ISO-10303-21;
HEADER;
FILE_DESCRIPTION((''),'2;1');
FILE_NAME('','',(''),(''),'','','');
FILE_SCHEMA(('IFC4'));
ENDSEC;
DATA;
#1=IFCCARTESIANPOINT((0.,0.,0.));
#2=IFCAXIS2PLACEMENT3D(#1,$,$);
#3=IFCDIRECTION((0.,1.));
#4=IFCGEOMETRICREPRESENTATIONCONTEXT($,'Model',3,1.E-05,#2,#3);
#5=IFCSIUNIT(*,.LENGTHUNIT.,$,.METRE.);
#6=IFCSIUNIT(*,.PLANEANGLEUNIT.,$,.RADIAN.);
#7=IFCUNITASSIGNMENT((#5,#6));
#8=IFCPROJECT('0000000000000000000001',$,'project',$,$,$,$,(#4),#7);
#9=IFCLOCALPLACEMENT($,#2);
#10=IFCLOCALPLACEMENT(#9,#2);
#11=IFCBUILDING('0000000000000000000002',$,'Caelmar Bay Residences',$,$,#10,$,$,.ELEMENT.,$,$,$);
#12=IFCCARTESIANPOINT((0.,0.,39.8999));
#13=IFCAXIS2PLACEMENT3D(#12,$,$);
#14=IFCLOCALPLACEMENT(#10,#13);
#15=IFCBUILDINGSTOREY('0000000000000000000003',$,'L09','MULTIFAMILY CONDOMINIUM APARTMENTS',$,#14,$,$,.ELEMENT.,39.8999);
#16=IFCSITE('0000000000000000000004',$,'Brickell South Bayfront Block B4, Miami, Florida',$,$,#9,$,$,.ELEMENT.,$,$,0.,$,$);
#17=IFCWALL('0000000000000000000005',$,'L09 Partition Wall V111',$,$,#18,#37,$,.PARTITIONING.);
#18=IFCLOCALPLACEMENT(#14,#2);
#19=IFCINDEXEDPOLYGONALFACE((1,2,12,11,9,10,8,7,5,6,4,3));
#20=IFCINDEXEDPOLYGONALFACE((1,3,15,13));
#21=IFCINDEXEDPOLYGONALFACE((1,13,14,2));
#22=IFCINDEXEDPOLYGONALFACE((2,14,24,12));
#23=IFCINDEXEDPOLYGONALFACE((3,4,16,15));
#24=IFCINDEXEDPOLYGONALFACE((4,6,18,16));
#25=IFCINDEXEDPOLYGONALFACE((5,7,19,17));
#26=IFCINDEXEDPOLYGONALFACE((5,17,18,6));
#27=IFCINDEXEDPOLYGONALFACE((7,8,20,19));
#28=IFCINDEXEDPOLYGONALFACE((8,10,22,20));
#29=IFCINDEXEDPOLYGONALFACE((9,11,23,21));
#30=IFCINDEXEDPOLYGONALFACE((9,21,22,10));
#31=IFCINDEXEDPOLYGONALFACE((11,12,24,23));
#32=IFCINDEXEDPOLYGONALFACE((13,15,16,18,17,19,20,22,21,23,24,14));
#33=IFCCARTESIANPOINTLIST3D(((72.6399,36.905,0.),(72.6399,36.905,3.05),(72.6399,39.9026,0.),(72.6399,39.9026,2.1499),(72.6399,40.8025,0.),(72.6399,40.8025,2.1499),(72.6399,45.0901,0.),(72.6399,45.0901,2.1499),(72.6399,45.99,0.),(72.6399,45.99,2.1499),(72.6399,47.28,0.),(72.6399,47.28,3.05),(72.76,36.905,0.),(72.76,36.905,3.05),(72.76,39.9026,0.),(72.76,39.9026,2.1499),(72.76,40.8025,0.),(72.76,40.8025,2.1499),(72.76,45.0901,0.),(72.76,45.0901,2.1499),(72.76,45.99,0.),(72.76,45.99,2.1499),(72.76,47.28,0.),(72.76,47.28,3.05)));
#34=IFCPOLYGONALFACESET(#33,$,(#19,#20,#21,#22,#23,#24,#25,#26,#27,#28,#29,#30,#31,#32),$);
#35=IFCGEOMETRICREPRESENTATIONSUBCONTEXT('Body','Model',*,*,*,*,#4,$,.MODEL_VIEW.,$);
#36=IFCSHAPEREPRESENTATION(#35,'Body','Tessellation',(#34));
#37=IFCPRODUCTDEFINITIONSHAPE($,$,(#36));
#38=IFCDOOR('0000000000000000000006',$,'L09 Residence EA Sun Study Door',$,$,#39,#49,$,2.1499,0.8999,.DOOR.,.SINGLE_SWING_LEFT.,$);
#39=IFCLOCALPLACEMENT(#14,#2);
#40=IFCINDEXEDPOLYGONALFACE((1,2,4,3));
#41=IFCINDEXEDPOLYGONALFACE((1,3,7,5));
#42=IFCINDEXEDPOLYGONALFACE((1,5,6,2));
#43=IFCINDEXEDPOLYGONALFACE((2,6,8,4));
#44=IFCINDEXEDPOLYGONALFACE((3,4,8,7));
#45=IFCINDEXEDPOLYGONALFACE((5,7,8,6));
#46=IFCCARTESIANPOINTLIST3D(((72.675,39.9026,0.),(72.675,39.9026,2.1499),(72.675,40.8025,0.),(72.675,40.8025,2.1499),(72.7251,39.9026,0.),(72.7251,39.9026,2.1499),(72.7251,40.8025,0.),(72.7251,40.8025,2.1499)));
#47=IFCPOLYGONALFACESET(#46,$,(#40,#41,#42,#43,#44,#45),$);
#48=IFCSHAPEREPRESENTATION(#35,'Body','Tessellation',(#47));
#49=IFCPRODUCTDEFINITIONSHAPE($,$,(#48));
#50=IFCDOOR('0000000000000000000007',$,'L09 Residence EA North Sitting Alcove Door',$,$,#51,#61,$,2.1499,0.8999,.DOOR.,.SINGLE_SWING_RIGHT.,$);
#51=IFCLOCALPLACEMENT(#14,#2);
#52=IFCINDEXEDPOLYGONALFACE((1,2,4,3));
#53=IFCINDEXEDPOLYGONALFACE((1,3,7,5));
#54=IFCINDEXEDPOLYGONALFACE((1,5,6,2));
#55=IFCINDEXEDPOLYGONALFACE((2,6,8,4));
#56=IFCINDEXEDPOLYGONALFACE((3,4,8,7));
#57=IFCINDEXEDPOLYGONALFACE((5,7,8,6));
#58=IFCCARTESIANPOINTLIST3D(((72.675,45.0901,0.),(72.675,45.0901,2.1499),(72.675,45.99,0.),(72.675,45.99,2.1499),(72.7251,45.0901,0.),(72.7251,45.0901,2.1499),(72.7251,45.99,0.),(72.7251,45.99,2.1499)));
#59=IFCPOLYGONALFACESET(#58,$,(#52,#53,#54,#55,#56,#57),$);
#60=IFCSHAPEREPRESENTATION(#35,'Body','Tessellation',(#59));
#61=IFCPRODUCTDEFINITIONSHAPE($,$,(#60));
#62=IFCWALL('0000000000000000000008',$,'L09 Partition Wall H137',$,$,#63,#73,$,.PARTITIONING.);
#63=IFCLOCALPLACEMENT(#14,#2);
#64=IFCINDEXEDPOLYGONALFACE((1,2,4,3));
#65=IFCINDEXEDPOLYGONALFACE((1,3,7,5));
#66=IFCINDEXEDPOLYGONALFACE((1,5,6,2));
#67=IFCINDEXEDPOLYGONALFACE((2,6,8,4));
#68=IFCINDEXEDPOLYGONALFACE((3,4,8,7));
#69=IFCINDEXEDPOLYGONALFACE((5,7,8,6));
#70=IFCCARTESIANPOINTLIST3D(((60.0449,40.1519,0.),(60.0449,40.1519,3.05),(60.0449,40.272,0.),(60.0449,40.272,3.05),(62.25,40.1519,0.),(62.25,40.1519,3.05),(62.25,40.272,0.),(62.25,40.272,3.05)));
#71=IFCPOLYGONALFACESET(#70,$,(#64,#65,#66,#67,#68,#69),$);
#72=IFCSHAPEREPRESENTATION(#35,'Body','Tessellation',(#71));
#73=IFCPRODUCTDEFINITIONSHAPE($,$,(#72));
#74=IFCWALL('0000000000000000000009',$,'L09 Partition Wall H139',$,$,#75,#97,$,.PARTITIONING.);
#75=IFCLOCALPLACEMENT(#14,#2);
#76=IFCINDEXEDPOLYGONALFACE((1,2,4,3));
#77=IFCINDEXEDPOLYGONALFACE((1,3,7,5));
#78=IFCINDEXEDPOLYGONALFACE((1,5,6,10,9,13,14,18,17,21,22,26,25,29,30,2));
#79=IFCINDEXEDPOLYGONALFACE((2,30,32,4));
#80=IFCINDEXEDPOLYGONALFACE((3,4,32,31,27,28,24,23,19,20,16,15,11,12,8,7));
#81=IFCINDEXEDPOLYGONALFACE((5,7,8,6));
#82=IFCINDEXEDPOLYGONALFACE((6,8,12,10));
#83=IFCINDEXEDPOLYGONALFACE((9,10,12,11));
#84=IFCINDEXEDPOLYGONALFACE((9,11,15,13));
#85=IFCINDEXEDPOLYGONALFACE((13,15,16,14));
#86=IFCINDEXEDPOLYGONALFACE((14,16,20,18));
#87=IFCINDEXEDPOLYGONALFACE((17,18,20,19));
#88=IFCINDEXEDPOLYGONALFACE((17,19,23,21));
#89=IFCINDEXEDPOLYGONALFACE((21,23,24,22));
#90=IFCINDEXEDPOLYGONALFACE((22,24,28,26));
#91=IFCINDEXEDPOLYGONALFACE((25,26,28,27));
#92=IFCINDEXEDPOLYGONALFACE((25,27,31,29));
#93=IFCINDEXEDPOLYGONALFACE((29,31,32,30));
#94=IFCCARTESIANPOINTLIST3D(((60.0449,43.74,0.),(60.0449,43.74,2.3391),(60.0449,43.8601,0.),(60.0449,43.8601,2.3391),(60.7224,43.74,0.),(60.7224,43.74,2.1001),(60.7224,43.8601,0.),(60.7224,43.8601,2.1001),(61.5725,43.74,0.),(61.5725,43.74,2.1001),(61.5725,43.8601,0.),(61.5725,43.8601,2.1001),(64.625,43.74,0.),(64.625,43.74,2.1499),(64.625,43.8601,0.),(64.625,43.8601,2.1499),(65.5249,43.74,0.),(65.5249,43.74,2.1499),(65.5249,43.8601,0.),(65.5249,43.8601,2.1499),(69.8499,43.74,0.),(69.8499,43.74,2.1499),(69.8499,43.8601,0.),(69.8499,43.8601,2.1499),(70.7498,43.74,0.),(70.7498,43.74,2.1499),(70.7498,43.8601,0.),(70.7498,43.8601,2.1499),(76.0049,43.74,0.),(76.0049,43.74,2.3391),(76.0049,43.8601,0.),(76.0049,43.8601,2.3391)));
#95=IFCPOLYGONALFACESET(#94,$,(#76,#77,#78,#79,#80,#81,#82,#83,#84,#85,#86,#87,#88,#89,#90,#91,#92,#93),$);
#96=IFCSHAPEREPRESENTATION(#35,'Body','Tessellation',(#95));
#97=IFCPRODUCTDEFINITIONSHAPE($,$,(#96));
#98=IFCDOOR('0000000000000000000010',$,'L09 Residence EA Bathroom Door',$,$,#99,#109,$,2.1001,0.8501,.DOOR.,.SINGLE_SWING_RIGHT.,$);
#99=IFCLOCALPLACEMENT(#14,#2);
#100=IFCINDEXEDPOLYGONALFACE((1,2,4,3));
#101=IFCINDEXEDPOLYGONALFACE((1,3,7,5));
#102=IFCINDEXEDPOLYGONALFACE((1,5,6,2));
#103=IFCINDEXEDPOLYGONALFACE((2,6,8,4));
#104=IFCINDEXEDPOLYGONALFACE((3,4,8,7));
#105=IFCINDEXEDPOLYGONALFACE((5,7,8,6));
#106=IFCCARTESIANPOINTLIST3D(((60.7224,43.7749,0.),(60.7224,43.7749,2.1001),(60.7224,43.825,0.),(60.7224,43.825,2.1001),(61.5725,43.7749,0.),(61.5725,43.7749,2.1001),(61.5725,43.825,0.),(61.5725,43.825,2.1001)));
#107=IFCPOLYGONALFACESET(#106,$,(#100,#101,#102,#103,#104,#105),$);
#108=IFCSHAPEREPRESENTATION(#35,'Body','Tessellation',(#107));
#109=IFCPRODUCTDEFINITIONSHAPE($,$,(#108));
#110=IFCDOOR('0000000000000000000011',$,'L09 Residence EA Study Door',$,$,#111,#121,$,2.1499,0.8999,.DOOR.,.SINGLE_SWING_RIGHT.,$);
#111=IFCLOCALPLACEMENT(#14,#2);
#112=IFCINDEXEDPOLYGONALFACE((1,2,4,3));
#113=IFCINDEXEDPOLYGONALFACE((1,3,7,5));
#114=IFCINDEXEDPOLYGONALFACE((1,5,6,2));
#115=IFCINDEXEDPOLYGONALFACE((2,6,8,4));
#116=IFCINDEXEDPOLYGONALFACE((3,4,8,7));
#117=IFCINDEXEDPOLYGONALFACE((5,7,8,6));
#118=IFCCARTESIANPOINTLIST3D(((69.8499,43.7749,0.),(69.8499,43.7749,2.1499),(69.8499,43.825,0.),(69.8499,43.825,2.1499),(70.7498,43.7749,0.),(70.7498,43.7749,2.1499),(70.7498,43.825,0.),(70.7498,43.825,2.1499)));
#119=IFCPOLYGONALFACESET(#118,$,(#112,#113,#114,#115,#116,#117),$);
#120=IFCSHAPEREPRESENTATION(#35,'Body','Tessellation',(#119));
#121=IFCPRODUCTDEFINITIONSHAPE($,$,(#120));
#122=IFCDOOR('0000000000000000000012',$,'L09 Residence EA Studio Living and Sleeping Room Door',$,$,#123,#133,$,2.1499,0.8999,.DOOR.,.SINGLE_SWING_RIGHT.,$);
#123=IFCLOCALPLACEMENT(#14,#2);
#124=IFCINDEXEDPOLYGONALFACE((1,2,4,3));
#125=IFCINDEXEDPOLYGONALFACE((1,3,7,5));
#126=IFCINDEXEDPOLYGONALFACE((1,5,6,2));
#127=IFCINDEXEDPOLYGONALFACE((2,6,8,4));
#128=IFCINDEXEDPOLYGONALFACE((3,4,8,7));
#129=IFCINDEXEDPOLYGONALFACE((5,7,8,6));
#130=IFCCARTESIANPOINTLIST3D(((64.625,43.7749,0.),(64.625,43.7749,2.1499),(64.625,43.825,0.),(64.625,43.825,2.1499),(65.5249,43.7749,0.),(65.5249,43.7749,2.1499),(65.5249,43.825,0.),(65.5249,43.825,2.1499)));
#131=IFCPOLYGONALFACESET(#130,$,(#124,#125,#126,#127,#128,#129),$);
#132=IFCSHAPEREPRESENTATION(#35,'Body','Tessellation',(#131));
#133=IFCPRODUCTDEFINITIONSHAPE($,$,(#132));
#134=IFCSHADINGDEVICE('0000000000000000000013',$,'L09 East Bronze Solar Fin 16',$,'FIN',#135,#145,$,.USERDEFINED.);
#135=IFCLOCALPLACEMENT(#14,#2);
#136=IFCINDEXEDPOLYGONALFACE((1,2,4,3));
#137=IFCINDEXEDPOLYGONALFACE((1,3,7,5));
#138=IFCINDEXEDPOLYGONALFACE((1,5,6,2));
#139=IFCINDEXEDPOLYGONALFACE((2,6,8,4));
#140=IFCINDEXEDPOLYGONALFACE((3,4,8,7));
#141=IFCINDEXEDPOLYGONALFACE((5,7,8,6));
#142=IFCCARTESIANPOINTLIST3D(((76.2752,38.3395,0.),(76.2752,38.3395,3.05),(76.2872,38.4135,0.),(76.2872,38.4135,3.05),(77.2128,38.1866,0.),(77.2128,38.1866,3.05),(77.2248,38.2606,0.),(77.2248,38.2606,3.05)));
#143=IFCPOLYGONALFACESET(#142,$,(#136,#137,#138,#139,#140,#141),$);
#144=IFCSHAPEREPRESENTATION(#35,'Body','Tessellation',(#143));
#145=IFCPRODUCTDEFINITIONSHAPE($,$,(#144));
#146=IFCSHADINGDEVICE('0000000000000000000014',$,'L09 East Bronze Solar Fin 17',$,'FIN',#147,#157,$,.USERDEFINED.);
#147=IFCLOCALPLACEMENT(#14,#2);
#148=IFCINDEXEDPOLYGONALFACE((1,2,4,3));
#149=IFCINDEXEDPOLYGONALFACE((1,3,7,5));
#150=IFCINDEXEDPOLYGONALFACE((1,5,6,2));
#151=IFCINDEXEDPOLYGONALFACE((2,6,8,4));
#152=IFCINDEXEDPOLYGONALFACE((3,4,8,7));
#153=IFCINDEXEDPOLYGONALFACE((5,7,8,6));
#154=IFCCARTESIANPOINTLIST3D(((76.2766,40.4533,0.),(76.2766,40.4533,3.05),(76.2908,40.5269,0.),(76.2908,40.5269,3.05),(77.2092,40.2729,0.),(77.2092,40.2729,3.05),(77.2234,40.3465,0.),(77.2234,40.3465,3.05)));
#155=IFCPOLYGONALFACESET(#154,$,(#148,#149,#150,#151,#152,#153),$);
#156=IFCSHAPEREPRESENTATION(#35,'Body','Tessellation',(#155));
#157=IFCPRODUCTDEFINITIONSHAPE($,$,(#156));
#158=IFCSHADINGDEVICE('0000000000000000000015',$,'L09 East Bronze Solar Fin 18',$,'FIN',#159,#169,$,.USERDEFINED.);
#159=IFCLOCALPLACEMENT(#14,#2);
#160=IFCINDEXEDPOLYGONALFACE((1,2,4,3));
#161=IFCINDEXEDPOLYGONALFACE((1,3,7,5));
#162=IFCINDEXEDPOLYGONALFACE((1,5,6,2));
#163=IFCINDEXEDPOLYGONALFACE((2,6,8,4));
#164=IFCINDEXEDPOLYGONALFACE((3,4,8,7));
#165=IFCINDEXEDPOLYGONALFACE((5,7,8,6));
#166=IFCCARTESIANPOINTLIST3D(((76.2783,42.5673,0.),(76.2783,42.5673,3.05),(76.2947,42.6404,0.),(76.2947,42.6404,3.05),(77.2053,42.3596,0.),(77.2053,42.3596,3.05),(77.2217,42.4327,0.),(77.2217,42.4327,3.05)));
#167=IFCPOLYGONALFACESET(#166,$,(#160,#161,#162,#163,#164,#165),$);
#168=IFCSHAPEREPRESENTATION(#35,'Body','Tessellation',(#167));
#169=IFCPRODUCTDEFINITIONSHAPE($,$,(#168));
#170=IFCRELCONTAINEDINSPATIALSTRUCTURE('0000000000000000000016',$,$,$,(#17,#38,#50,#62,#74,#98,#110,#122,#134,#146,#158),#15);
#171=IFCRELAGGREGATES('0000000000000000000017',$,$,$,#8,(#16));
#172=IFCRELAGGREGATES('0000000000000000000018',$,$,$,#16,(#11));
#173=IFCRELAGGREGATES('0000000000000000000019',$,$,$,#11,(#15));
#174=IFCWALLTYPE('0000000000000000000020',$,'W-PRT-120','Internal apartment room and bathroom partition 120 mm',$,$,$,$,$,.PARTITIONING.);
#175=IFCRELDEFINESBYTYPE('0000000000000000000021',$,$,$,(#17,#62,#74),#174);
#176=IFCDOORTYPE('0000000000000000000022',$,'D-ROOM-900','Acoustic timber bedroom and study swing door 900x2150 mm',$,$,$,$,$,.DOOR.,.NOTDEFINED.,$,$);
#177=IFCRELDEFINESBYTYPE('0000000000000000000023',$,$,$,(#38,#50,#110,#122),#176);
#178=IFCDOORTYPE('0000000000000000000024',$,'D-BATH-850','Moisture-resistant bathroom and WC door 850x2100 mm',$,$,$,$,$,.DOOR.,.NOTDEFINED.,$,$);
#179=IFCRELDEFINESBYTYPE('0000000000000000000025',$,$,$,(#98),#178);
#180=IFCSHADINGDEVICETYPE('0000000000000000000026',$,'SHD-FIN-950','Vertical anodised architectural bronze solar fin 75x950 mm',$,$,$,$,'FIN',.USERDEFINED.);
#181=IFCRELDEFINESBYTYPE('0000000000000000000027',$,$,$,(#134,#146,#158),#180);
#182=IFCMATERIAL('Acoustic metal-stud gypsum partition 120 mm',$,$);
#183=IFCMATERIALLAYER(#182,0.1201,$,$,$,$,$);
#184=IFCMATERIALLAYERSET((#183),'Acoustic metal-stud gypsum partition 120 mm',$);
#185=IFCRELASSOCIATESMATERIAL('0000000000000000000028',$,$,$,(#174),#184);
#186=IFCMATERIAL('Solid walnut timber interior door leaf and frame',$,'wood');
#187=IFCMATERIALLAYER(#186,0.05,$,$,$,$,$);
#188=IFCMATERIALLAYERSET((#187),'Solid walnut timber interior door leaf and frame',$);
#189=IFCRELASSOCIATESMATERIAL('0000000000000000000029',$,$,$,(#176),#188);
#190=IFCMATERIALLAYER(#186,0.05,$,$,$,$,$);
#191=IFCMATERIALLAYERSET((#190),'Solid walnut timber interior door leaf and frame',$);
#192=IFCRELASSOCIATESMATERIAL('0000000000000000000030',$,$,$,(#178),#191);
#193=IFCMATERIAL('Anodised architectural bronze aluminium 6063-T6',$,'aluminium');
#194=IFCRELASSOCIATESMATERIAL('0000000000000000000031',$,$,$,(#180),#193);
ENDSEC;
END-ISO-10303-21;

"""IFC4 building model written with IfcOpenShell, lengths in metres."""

from ifc_helpers import new_model, si_unit, direction, frame, frame_2d, origin, origin_2d, place, context, subcontext, project, spatial, rectangle, extrude, material, layer, layer_set, material_profile, profile_set, type_object, element, fill, save


model = new_model("IFC4")

# Units and contexts
model_context = context("Model", 3, precision=1e-05, world=origin(), true_north=direction((0.0, 1.0)))
body_context = subcontext(model_context, "Body", "Model", "MODEL_VIEW")
ifc_project = project(units=[si_unit("LENGTHUNIT", "METRE"), si_unit("PLANEANGLEUNIT", "RADIAN")], contexts=[model_context])

# Site, building, storey
site_placement = place(None, origin())
site = spatial("IfcSite", under=ifc_project, at=site_placement, Name="Brickell South Bayfront Block B4, Miami, Florida", CompositionType="ELEMENT", RefElevation=0.0)
building_placement = place(site_placement, origin())
building = spatial("IfcBuilding", under=site, at=building_placement, Name="Caelmar Bay Residences", CompositionType="ELEMENT")
storey_placement = place(building_placement, frame((0.0, 0.0, 39.8999)))
storey = spatial("IfcBuildingStorey", under=building, at=storey_placement, Name="L09", Description="MULTIFAMILY CONDOMINIUM APARTMENTS", CompositionType="ELEMENT", Elevation=39.8999)

# Wall, openings, doors
ifc_material_1 = material(Name="Acoustic metal-stud gypsum partition 120 mm")
ifc_layer_1 = layer(ifc_material_1, 0.1201)
ifc_layer_set_1 = layer_set([ifc_layer_1], Name="Acoustic metal-stud gypsum partition 120 mm")
wall_type_1 = type_object("IfcWallType", Name="W-PRT-120", Description="Internal apartment room and bathroom partition 120 mm", PredefinedType="PARTITIONING", material=ifc_layer_set_1)
wall_1_placement = place(storey_placement, frame((72.7, 36.905, 0.0), z_axis=(0.0, 0.0, 1.0), x_axis=(0.0, 1.0, 0.0)))
wall_1 = element("IfcWall", 1, at=wall_1_placement, inside=storey, type_object=wall_type_1, Name="L09 Partition Wall V111", PredefinedType="PARTITIONING", context=body_context, shape_type="SweptSolid", body=[
    extrude(rectangle(XDim=10.375, YDim=0.1201, at=frame_2d((5.1875, 0.0))), origin(), (0.0, 0.0, 1.0), 3.05),
])
opening_1_placement = place(wall_1_placement, frame((2.9976, 0.0, 0.0)))
opening_1 = element("IfcOpeningElement", 2, at=opening_1_placement, cuts=wall_1, PredefinedType="OPENING", context=body_context, shape_type="SweptSolid", body=[
    extrude(rectangle(XDim=0.8999, YDim=2.1499, at=frame_2d((0.45, 1.075))), frame((0.0, 0.0701, 0.0), z_axis=(0.0, -1.0, 0.0), x_axis=(1.0, 0.0, 0.0)), (0.0, 0.0, 1.0), 0.1401),
])
opening_2_placement = place(wall_1_placement, frame((8.1851, 0.0, 0.0)))
opening_2 = element("IfcOpeningElement", 3, at=opening_2_placement, cuts=wall_1, PredefinedType="OPENING", context=body_context, shape_type="SweptSolid", body=[
    extrude(rectangle(XDim=0.8999, YDim=2.1499, at=frame_2d((0.45, 1.075))), frame((0.0, 0.0701, 0.0), z_axis=(0.0, -1.0, 0.0), x_axis=(1.0, 0.0, 0.0)), (0.0, 0.0, 1.0), 0.1401),
])
ifc_material_2 = material(Name="Solid walnut timber interior door leaf and frame", Category="wood")
ifc_layer_2 = layer(ifc_material_2, 0.05)
ifc_layer_set_2 = layer_set([ifc_layer_2], Name="Solid walnut timber interior door leaf and frame")
door_type_1 = type_object("IfcDoorType", Name="D-ROOM-900", Description="Acoustic timber bedroom and study swing door 900x2150 mm", OperationType="NOTDEFINED", PredefinedType="DOOR", material=ifc_layer_set_2)
door_1_placement = place(opening_1_placement, origin())
door_1 = element("IfcDoor", 4, at=door_1_placement, inside=storey, type_object=door_type_1, Name="L09 Residence EA Sun Study Door", OperationType="SINGLE_SWING_LEFT", OverallHeight=2.1499, OverallWidth=0.8999, PredefinedType="DOOR", context=body_context, shape_type="SweptSolid", body=[
    extrude(rectangle(XDim=0.8999, YDim=2.1499, at=frame_2d((0.45, 1.075))), frame((0.0, 0.0249, 0.0), z_axis=(0.0, -1.0, 0.0), x_axis=(1.0, 0.0, 0.0)), (0.0, 0.0, 1.0), 0.05),
])
fill(opening_1, door_1)
door_2_placement = place(opening_2_placement, origin())
door_2 = element("IfcDoor", 5, at=door_2_placement, inside=storey, type_object=door_type_1, Name="L09 Residence EA North Sitting Alcove Door", OperationType="SINGLE_SWING_RIGHT", OverallHeight=2.1499, OverallWidth=0.8999, PredefinedType="DOOR", context=body_context, shape_type="SweptSolid", body=[
    extrude(rectangle(XDim=0.8999, YDim=2.1499, at=frame_2d((0.45, 1.075))), frame((0.0, 0.0249, 0.0), z_axis=(0.0, -1.0, 0.0), x_axis=(1.0, 0.0, 0.0)), (0.0, 0.0, 1.0), 0.05),
])
fill(opening_2, door_2)

# Wall
wall_2_placement = place(storey_placement, frame((60.0449, 40.2119, 0.0), z_axis=(0.0, 0.0, 1.0), x_axis=(1.0, 0.0, 0.0)))
element("IfcWall", 6, at=wall_2_placement, inside=storey, type_object=wall_type_1, Name="L09 Partition Wall H137", PredefinedType="PARTITIONING", context=body_context, shape_type="SweptSolid", body=[
    extrude(rectangle(XDim=2.2051, YDim=0.1201, at=frame_2d((1.1025, 0.0))), origin(), (0.0, 0.0, 1.0), 3.05),
])

# Wall, openings, doors
wall_3_placement = place(storey_placement, frame((60.0449, 43.8, 0.0), z_axis=(0.0, 0.0, 1.0), x_axis=(1.0, 0.0, 0.0)))
wall_3 = element("IfcWall", 7, at=wall_3_placement, inside=storey, type_object=wall_type_1, Name="L09 Partition Wall H139", PredefinedType="PARTITIONING", context=body_context, shape_type="SweptSolid", body=[
    extrude(rectangle(XDim=15.96, YDim=0.1201, at=frame_2d((7.98, 0.0))), origin(), (0.0, 0.0, 1.0), 2.3391),
])
opening_3_placement = place(wall_3_placement, frame((9.8049, 0.0, 0.0)))
opening_3 = element("IfcOpeningElement", 8, at=opening_3_placement, cuts=wall_3, PredefinedType="OPENING", context=body_context, shape_type="SweptSolid", body=[
    extrude(rectangle(XDim=0.8999, YDim=2.1499, at=frame_2d((0.45, 1.075))), frame((0.0, 0.0701, 0.0), z_axis=(0.0, -1.0, 0.0), x_axis=(1.0, 0.0, 0.0)), (0.0, 0.0, 1.0), 0.1401),
])
opening_4_placement = place(wall_3_placement, frame((4.5801, 0.0, 0.0)))
opening_4 = element("IfcOpeningElement", 9, at=opening_4_placement, cuts=wall_3, PredefinedType="OPENING", context=body_context, shape_type="SweptSolid", body=[
    extrude(rectangle(XDim=0.8999, YDim=2.1499, at=frame_2d((0.45, 1.075))), frame((0.0, 0.0701, 0.0), z_axis=(0.0, -1.0, 0.0), x_axis=(1.0, 0.0, 0.0)), (0.0, 0.0, 1.0), 0.1401),
])
opening_5_placement = place(wall_3_placement, frame((0.6775, 0.0, 0.0)))
opening_5 = element("IfcOpeningElement", 10, at=opening_5_placement, cuts=wall_3, PredefinedType="OPENING", context=body_context, shape_type="SweptSolid", body=[
    extrude(rectangle(XDim=0.8501, YDim=2.1001, at=frame_2d((0.425, 1.05))), frame((0.0, 0.0701, 0.0), z_axis=(0.0, -1.0, 0.0), x_axis=(1.0, 0.0, 0.0)), (0.0, 0.0, 1.0), 0.1401),
])
ifc_layer_3 = layer(ifc_material_2, 0.05)
ifc_layer_set_3 = layer_set([ifc_layer_3], Name="Solid walnut timber interior door leaf and frame")
door_type_2 = type_object("IfcDoorType", Name="D-BATH-850", Description="Moisture-resistant bathroom and WC door 850x2100 mm", OperationType="NOTDEFINED", PredefinedType="DOOR", material=ifc_layer_set_3)
door_3_placement = place(opening_5_placement, origin())
door_3 = element("IfcDoor", 11, at=door_3_placement, inside=storey, type_object=door_type_2, Name="L09 Residence EA Bathroom Door", OperationType="SINGLE_SWING_RIGHT", OverallHeight=2.1001, OverallWidth=0.8501, PredefinedType="DOOR", context=body_context, shape_type="SweptSolid", body=[
    extrude(rectangle(XDim=0.8501, YDim=2.1001, at=frame_2d((0.425, 1.05))), frame((0.0, 0.0249, 0.0), z_axis=(0.0, -1.0, 0.0), x_axis=(1.0, 0.0, 0.0)), (0.0, 0.0, 1.0), 0.05),
])
fill(opening_5, door_3)
door_4_placement = place(opening_3_placement, origin())
door_4 = element("IfcDoor", 12, at=door_4_placement, inside=storey, type_object=door_type_1, Name="L09 Residence EA Study Door", OperationType="SINGLE_SWING_RIGHT", OverallHeight=2.1499, OverallWidth=0.8999, PredefinedType="DOOR", context=body_context, shape_type="SweptSolid", body=[
    extrude(rectangle(XDim=0.8999, YDim=2.1499, at=frame_2d((0.45, 1.075))), frame((0.0, 0.0249, 0.0), z_axis=(0.0, -1.0, 0.0), x_axis=(1.0, 0.0, 0.0)), (0.0, 0.0, 1.0), 0.05),
])
fill(opening_3, door_4)
door_5_placement = place(opening_4_placement, origin())
door_5 = element("IfcDoor", 13, at=door_5_placement, inside=storey, type_object=door_type_1, Name="L09 Residence EA Studio Living and Sleeping Room Door", OperationType="SINGLE_SWING_RIGHT", OverallHeight=2.1499, OverallWidth=0.8999, PredefinedType="DOOR", context=body_context, shape_type="SweptSolid", body=[
    extrude(rectangle(XDim=0.8999, YDim=2.1499, at=frame_2d((0.45, 1.075))), frame((0.0, 0.0249, 0.0), z_axis=(0.0, -1.0, 0.0), x_axis=(1.0, 0.0, 0.0)), (0.0, 0.0, 1.0), 0.05),
])
fill(opening_4, door_5)

# Shading devices
ifc_material_3 = material(Name="Anodised architectural bronze aluminium 6063-T6", Category="aluminium")
ifc_material_profile_1 = material_profile(ifc_material_3, rectangle(XDim=0.075, YDim=0.95, at=origin_2d()), Name="BRONZE-FIN-75X950")
ifc_profile_set_1 = profile_set([ifc_material_profile_1], Name="Anodised architectural bronze aluminium 6063-T6")
shading_device_type = type_object("IfcShadingDeviceType", Name="SHD-FIN-950", Description="Vertical anodised architectural bronze solar fin 75x950 mm", ElementType="FIN", PredefinedType="USERDEFINED", material=ifc_profile_set_1)
for number, where, z_axis, x_axis, name in (
    (14, (76.75, 38.3, 0.0), (0.0, 0.0, 1.0), (0.160915, 0.986968, 0.0), "L09 East Bronze Solar Fin 16"),
    (15, (76.75, 40.3999, 0.0), (0.0, 0.0, 1.0), (0.189952, 0.981793, 0.0), "L09 East Bronze Solar Fin 17"),
    (16, (76.75, 42.5, 0.0), (0.0, 0.0, 1.0), (0.218654, 0.975802, 0.0), "L09 East Bronze Solar Fin 18"),
):
    element("IfcShadingDevice", number, at=place(storey_placement, frame(where, z_axis=z_axis, x_axis=x_axis)), inside=storey, type_object=shading_device_type, Name=name, ObjectType="FIN", PredefinedType="USERDEFINED", context=body_context, shape_type="SweptSolid", body=[
        extrude(rectangle(XDim=0.075, YDim=0.95, at=origin_2d()), origin(), (0.0, 0.0, 1.0), 3.05),
    ])

save(model, "model.ifc")
